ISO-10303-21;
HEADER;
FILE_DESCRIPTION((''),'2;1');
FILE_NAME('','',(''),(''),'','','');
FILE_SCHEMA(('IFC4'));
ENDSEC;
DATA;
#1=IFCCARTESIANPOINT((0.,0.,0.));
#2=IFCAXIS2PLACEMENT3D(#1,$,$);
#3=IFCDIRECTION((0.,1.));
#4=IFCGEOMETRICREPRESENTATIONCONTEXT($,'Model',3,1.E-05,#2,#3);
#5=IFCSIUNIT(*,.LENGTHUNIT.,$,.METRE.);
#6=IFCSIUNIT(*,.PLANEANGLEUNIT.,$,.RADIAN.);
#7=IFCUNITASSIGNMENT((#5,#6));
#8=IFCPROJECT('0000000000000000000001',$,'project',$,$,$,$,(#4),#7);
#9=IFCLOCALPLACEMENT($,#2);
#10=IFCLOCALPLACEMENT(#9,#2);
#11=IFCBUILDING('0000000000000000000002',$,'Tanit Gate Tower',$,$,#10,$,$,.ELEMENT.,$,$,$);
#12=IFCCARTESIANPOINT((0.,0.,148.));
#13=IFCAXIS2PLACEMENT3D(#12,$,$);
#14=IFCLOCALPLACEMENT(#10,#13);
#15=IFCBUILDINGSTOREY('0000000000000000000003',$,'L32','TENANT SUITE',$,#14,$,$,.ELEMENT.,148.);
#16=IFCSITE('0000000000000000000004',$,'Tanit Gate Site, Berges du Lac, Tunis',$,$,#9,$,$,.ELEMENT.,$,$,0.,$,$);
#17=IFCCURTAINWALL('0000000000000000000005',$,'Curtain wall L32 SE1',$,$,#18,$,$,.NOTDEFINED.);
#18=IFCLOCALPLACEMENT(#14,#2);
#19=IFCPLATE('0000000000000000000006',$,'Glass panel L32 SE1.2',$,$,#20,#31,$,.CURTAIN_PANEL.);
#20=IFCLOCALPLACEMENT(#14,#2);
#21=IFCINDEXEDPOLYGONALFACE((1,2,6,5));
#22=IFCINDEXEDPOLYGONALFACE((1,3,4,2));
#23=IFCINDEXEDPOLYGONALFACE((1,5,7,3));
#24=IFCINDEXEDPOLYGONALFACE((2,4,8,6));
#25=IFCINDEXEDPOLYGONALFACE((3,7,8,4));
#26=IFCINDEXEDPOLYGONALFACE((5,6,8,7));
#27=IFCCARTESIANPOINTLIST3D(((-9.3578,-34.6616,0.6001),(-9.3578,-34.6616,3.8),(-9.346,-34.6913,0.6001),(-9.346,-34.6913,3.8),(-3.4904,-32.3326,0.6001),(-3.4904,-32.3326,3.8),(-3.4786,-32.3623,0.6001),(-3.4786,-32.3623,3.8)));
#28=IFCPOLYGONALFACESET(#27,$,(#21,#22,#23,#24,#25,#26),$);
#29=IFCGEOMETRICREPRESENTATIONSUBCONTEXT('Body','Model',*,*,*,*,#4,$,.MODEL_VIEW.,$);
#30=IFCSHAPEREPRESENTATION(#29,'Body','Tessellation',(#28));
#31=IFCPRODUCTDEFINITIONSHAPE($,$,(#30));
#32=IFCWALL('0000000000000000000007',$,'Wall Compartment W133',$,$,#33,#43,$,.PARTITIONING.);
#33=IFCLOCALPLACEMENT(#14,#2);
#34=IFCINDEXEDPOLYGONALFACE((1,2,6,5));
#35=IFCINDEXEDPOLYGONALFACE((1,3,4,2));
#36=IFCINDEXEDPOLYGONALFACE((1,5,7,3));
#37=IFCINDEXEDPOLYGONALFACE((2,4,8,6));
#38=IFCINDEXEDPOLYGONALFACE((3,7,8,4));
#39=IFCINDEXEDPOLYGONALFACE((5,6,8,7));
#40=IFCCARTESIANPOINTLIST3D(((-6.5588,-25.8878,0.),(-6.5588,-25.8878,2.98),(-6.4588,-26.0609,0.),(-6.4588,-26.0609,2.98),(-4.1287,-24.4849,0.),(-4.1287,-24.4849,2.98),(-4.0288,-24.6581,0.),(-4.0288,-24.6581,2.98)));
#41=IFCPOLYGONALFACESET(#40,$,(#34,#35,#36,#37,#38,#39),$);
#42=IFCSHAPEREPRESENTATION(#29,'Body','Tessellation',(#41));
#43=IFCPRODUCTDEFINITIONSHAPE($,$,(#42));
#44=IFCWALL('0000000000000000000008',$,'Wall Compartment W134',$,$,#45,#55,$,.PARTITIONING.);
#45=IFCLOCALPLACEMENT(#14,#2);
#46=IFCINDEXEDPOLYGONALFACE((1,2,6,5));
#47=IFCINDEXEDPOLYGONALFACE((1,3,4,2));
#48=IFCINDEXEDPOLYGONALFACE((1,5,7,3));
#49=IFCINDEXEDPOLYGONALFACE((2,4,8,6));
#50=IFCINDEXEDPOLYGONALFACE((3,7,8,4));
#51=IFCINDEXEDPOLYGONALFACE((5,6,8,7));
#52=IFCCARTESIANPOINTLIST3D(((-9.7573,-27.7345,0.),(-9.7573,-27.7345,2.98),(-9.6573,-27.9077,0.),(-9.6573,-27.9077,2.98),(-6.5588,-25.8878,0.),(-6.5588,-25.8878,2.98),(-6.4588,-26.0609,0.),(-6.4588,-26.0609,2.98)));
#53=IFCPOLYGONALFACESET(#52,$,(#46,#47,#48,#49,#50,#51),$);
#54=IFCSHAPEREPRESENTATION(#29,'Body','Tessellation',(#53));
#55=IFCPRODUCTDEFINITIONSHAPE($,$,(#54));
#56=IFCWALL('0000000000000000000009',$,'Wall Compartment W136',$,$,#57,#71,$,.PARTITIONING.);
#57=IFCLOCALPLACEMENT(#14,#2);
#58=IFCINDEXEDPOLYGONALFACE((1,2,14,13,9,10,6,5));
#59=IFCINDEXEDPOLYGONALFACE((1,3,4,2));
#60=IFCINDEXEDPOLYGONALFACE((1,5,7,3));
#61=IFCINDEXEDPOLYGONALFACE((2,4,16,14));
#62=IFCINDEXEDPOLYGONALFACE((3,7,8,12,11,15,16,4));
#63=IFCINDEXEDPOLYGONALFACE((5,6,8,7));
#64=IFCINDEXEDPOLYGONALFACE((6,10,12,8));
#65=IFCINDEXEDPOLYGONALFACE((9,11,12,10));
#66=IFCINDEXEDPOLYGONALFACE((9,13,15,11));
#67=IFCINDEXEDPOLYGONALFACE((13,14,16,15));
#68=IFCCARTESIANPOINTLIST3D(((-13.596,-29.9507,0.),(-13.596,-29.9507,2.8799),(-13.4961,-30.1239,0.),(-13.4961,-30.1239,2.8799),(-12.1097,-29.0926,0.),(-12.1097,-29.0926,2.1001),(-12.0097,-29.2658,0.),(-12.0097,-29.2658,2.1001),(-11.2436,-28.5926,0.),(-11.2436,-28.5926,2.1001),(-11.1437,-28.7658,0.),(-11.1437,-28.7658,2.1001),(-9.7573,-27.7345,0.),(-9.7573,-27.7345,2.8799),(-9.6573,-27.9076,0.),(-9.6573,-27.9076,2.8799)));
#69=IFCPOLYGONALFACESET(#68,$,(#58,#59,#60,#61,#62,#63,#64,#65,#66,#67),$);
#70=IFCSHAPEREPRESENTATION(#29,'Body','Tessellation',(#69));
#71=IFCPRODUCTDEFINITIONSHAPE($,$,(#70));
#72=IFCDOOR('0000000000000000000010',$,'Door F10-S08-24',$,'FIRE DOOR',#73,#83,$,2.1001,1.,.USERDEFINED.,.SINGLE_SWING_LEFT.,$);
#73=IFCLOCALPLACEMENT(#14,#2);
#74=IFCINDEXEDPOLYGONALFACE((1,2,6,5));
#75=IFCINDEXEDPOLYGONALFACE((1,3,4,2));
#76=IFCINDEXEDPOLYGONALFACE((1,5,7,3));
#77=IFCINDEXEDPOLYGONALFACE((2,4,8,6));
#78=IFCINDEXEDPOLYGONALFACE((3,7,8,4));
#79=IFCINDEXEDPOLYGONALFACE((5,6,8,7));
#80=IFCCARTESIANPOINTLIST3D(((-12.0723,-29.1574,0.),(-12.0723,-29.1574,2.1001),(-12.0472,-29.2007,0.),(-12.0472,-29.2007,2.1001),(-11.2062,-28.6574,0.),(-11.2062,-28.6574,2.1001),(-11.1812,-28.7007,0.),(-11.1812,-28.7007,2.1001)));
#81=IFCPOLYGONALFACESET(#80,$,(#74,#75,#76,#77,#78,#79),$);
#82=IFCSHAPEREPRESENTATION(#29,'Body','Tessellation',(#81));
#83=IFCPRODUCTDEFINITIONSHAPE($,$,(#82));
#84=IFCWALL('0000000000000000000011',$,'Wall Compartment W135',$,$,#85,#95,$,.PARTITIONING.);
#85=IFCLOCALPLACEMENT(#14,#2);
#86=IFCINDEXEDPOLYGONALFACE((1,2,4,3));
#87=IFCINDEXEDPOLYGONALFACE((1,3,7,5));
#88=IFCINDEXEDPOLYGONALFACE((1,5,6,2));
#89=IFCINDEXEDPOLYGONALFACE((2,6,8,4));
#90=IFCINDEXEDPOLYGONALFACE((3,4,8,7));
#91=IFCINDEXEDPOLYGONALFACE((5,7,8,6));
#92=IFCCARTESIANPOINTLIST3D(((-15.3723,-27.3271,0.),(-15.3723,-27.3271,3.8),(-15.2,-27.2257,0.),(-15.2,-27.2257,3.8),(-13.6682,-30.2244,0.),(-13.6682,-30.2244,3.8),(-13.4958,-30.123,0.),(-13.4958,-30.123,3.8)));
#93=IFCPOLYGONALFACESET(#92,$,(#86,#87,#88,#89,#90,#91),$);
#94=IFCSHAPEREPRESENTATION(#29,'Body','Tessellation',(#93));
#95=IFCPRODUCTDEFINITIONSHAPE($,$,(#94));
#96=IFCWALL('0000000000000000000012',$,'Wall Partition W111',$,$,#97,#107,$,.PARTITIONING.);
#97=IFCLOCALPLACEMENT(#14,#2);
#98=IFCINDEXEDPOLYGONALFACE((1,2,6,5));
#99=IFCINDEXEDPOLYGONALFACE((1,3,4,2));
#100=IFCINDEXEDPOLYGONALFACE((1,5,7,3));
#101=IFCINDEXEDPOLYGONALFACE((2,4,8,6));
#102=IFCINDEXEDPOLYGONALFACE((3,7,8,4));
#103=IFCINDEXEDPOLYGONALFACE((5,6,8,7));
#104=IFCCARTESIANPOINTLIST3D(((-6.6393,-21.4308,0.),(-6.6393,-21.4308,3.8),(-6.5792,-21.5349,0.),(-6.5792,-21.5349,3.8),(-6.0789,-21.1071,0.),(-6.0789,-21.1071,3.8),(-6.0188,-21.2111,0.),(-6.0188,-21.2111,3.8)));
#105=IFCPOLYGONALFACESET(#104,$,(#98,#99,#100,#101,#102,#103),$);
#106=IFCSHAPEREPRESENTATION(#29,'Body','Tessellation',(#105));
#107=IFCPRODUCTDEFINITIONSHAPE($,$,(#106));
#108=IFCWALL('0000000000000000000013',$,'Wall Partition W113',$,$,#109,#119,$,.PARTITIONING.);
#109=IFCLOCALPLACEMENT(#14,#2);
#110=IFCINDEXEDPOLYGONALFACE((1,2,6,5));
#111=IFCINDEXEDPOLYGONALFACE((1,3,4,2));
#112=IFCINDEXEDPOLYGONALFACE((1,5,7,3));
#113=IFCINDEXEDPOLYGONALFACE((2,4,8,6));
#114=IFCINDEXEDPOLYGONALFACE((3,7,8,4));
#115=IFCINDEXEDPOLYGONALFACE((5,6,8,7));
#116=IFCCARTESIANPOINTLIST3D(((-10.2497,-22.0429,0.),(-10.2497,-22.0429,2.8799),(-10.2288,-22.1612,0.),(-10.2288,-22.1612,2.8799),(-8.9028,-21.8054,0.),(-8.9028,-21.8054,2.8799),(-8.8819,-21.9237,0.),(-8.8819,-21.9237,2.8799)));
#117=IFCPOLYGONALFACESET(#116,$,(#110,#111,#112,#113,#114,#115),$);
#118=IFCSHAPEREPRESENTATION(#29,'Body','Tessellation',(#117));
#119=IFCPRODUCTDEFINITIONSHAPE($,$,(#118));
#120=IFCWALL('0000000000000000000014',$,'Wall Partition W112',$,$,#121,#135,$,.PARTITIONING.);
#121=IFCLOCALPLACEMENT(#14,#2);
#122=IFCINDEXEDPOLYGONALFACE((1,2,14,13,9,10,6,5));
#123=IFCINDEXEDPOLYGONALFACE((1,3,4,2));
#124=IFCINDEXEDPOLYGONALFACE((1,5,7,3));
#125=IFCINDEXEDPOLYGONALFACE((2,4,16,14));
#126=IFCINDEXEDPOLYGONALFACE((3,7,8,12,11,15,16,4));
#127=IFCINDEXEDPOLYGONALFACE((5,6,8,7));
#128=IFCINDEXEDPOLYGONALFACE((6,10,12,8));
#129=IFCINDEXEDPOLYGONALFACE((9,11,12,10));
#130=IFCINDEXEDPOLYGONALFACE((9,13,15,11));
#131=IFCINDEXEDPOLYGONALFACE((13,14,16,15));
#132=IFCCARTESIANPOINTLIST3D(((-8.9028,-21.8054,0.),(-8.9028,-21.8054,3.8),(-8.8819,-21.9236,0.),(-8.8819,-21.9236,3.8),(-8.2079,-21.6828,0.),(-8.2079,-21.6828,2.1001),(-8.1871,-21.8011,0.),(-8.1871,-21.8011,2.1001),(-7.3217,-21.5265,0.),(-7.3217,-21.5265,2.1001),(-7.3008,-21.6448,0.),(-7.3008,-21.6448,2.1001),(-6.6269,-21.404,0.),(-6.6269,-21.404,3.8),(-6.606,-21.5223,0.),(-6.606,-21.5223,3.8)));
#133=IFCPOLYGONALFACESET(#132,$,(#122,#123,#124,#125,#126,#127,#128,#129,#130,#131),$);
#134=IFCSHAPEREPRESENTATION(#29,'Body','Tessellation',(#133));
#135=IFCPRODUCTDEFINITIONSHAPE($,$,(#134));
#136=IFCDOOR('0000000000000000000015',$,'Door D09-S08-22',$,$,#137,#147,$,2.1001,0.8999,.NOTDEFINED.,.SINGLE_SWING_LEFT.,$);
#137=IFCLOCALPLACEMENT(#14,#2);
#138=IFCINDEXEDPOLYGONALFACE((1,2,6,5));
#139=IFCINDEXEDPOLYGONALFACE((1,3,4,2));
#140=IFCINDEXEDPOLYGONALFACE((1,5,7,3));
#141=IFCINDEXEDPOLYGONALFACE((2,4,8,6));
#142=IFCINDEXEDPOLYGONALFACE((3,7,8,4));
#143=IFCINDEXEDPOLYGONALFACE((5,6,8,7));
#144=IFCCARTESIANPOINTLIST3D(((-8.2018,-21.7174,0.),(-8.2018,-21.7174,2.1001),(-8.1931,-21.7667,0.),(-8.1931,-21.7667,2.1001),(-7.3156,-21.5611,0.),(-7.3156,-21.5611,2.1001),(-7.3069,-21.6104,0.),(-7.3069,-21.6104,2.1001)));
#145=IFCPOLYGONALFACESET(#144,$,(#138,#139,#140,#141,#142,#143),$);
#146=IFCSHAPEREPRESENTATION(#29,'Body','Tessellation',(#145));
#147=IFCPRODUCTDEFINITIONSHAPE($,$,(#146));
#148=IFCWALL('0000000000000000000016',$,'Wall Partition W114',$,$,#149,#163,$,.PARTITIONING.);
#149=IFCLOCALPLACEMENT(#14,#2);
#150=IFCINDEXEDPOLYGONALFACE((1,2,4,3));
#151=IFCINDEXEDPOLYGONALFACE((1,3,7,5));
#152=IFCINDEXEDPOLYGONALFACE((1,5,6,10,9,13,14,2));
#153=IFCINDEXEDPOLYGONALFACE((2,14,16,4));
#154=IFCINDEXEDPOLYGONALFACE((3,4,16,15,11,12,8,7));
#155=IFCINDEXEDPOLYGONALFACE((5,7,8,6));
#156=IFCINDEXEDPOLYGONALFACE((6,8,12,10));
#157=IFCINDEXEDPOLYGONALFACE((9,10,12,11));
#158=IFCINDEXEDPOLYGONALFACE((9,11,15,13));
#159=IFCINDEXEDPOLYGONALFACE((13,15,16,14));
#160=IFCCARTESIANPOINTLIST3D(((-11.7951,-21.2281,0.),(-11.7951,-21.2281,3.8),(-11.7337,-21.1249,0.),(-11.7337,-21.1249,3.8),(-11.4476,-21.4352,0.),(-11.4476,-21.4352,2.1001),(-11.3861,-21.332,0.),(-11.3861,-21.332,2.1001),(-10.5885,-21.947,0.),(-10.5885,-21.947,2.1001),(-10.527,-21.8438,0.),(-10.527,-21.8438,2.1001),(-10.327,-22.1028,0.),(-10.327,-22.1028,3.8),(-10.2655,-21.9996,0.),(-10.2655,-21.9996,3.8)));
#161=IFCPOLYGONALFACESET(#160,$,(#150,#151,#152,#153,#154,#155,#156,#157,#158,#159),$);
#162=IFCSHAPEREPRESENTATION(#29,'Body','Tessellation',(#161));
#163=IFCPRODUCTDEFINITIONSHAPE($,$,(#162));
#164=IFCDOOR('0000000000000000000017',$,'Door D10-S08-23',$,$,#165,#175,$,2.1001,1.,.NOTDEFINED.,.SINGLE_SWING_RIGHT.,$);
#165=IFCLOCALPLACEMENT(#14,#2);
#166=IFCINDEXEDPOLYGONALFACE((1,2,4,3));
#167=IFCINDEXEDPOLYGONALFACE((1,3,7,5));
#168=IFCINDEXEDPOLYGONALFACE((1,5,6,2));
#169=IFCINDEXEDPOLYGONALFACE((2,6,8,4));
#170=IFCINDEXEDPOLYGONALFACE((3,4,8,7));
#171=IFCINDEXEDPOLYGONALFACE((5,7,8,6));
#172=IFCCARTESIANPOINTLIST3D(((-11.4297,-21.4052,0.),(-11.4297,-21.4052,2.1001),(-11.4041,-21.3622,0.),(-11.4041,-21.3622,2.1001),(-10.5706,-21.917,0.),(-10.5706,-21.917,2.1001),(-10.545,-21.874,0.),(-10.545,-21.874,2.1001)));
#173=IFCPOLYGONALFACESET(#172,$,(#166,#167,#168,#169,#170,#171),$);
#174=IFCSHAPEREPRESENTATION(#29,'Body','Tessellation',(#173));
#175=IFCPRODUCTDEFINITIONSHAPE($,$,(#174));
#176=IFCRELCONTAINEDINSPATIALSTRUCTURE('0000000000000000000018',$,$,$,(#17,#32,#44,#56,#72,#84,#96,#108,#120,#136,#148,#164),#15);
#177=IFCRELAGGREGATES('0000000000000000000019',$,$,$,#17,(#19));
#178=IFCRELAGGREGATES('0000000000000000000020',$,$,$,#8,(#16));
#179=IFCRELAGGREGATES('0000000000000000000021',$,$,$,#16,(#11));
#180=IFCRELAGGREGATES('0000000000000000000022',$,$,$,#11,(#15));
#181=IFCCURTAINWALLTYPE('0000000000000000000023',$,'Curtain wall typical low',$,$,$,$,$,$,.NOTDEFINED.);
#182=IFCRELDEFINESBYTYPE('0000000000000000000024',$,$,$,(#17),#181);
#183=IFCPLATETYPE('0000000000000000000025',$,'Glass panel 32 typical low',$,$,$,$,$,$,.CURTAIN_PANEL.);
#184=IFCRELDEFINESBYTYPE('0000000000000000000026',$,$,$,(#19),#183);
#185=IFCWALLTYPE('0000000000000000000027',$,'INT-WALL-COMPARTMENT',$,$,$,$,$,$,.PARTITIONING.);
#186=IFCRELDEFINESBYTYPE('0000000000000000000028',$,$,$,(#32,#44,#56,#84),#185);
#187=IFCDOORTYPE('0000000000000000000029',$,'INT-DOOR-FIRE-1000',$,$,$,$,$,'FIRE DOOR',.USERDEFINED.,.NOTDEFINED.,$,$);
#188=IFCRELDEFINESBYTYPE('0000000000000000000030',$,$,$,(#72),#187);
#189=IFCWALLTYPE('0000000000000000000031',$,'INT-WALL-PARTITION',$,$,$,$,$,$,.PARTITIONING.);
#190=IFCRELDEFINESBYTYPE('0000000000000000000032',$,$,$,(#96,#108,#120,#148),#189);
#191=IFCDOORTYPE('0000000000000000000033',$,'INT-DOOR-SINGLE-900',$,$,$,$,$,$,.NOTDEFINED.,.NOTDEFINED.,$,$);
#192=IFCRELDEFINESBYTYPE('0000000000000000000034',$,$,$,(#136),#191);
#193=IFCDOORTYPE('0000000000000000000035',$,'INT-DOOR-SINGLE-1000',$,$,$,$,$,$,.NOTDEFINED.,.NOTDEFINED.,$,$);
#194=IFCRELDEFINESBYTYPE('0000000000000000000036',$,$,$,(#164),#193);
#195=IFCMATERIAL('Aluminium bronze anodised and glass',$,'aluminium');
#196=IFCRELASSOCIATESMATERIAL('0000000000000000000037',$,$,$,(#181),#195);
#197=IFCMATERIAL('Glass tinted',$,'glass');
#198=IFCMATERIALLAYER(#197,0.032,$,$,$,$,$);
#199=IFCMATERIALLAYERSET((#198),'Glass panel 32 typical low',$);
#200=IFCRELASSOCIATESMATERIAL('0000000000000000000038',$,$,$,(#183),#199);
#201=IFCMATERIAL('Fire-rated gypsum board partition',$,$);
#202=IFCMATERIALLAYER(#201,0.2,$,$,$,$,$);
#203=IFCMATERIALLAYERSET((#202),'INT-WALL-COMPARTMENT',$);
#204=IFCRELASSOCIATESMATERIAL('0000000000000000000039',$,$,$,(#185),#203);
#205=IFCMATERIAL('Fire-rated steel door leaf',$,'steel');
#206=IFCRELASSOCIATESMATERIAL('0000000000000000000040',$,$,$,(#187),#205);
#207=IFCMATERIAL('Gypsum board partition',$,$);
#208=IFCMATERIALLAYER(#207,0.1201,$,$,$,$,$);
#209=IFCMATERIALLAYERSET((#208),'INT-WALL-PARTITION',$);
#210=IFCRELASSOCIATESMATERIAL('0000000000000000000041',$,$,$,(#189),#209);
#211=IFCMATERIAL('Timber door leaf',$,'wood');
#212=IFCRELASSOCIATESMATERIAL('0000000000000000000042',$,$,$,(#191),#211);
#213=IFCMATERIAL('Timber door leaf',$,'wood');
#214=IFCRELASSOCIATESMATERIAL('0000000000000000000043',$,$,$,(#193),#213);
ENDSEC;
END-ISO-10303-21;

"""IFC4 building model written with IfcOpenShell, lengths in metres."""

from ifc_helpers import new_model, si_unit, direction, frame, frame_2d, origin, origin_2d, place, context, subcontext, project, spatial, rectangle, extrude, material, layer, layer_set, type_object, element, fill, aggregate, save


model = new_model("IFC4")

# Units and contexts
model_context = context("Model", 3, precision=1e-05, world=origin(), true_north=direction((0.0, 1.0)))
body_context = subcontext(model_context, "Body", "Model", "MODEL_VIEW")
ifc_project = project(units=[si_unit("LENGTHUNIT", "METRE"), si_unit("PLANEANGLEUNIT", "RADIAN")], contexts=[model_context])

# Site, building, storey
site_placement = place(None, origin())
site = spatial("IfcSite", under=ifc_project, at=site_placement, Name="Tanit Gate Site, Berges du Lac, Tunis", CompositionType="ELEMENT", RefElevation=0.0)
building_placement = place(site_placement, origin())
building = spatial("IfcBuilding", under=site, at=building_placement, Name="Tanit Gate Tower", CompositionType="ELEMENT")
storey_placement = place(building_placement, frame((0.0, 0.0, 148.0)))
storey = spatial("IfcBuildingStorey", under=building, at=storey_placement, Name="L32", Description="TENANT SUITE", CompositionType="ELEMENT", Elevation=148.0)

# Curtain wall
ifc_material_1 = material(Name="Aluminium bronze anodised and glass", Category="aluminium")
curtain_wall_type = type_object("IfcCurtainWallType", Name="Curtain wall typical low", PredefinedType="NOTDEFINED", material=ifc_material_1)
curtain_wall_placement = place(storey_placement, origin())
curtain_wall = element("IfcCurtainWall", 1, at=curtain_wall_placement, inside=storey, type_object=curtain_wall_type, Name="Curtain wall L32 SE1", PredefinedType="NOTDEFINED")

# Plate
ifc_material_2 = material(Name="Glass tinted", Category="glass")
ifc_layer_1 = layer(ifc_material_2, 0.032)
ifc_layer_set_1 = layer_set([ifc_layer_1], Name="Glass panel 32 typical low")
plate_type = type_object("IfcPlateType", Name="Glass panel 32 typical low", PredefinedType="CURTAIN_PANEL", material=ifc_layer_set_1)
plate_1_placement = place(storey_placement, frame((-6.4182, -33.512, 0.6001), z_axis=(0.0, 0.0, 1.0), x_axis=(0.929454, 0.368938, 0.0)))
plate_1 = element("IfcPlate", 2, at=plate_1_placement, type_object=plate_type, Name="Glass panel L32 SE1.2", PredefinedType="CURTAIN_PANEL", context=body_context, shape_type="SweptSolid", body=[
    extrude(rectangle(XDim=6.3127, YDim=0.032, at=origin_2d()), origin(), (0.0, 0.0, 1.0), 3.2),
])
aggregate(curtain_wall, [plate_1])

# Walls
ifc_material_3 = material(Name="Fire-rated gypsum board partition")
ifc_layer_2 = layer(ifc_material_3, 0.2)
ifc_layer_set_2 = layer_set([ifc_layer_2], Name="INT-WALL-COMPARTMENT")
wall_type_1 = type_object("IfcWallType", Name="INT-WALL-COMPARTMENT", PredefinedType="PARTITIONING", material=ifc_layer_set_2)
wall_1_placement = place(storey_placement, frame((-4.0789, -24.5715, 0.0), z_axis=(0.0, 0.0, 1.0), x_axis=(-0.866039, -0.499976, 0.0)))
element("IfcWall", 3, at=wall_1_placement, inside=storey, type_object=wall_type_1, Name="Wall Compartment W133", PredefinedType="PARTITIONING", context=body_context, shape_type="SweptSolid", body=[
    extrude(rectangle(XDim=2.8059, YDim=0.2, at=frame_2d((1.4028, 0.0))), origin(), (0.0, 0.0, 1.0), 2.98),
])
wall_2_placement = place(storey_placement, frame((-6.5088, -25.9744, 0.0), z_axis=(0.0, 0.0, 1.0), x_axis=(-0.866022, -0.500007, 0.0)))
element("IfcWall", 4, at=wall_2_placement, inside=storey, type_object=wall_type_1, Name="Wall Compartment W134", PredefinedType="PARTITIONING", context=body_context, shape_type="SweptSolid", body=[
    extrude(rectangle(XDim=3.6934, YDim=0.2, at=frame_2d((1.8467, 0.0))), origin(), (0.0, 0.0, 1.0), 2.98),
])

# Wall, opening, door
wall_3_placement = place(storey_placement, frame((-9.7073, -27.821, 0.0), z_axis=(0.0, 0.0, 1.0), x_axis=(-0.866032, -0.499989, 0.0)))
wall_3 = element("IfcWall", 5, at=wall_3_placement, inside=storey, type_object=wall_type_1, Name="Wall Compartment W136", PredefinedType="PARTITIONING", context=body_context, shape_type="SweptSolid", body=[
    extrude(rectangle(XDim=4.4326, YDim=0.2, at=frame_2d((2.2163, 0.0))), origin(), (0.0, 0.0, 1.0), 2.8799),
])
opening_1_placement = place(wall_3_placement, frame((1.7163, 0.0, 0.0)))
opening_1 = element("IfcOpeningElement", 6, at=opening_1_placement, cuts=wall_3, PredefinedType="OPENING", context=body_context, shape_type="SweptSolid", body=[
    extrude(rectangle(XDim=1.0, YDim=2.1001, at=frame_2d((0.5, 1.05))), frame((0.0, 0.1099, 0.0), z_axis=(0.0, -1.0, 0.0), x_axis=(1.0, 0.0, 0.0)), (0.0, 0.0, 1.0), 0.22),
])
ifc_material_4 = material(Name="Fire-rated steel door leaf", Category="steel")
door_type_1 = type_object("IfcDoorType", Name="INT-DOOR-FIRE-1000", ElementType="FIRE DOOR", OperationType="NOTDEFINED", PredefinedType="USERDEFINED", material=ifc_material_4)
door_1_placement = place(opening_1_placement, origin())
door_1 = element("IfcDoor", 7, at=door_1_placement, inside=storey, type_object=door_type_1, Name="Door F10-S08-24", ObjectType="FIRE DOOR", OperationType="SINGLE_SWING_LEFT", OverallHeight=2.1001, OverallWidth=1.0, PredefinedType="USERDEFINED", context=body_context, shape_type="SweptSolid", body=[
    extrude(rectangle(XDim=1.0, YDim=2.1001, at=frame_2d((0.5, 1.05))), frame((0.0, 0.0249, 0.0), z_axis=(0.0, -1.0, 0.0), x_axis=(1.0, 0.0, 0.0)), (0.0, 0.0, 1.0), 0.05),
])
fill(opening_1, door_1)

# Walls
wall_4_placement = place(storey_placement, frame((-15.2861, -27.2764, 0.0), z_axis=(0.0, 0.0, 1.0), x_axis=(0.506988, -0.861953, 0.0)))
element("IfcWall", 8, at=wall_4_placement, inside=storey, type_object=wall_type_1, Name="Wall Compartment W135", PredefinedType="PARTITIONING", context=body_context, shape_type="SweptSolid", body=[
    extrude(rectangle(XDim=3.3613, YDim=0.2, at=frame_2d((1.6807, 0.0))), origin(), (0.0, 0.0, 1.0), 3.8),
])
ifc_material_5 = material(Name="Gypsum board partition")
ifc_layer_3 = layer(ifc_material_5, 0.1201)
ifc_layer_set_3 = layer_set([ifc_layer_3], Name="INT-WALL-PARTITION")
wall_type_2 = type_object("IfcWallType", Name="INT-WALL-PARTITION", PredefinedType="PARTITIONING", material=ifc_layer_set_3)
wall_5_placement = place(storey_placement, frame((-6.6094, -21.4829, 0.0), z_axis=(0.0, 0.0, 1.0), x_axis=(0.865865, 0.500278, 0.0)))
element("IfcWall", 9, at=wall_5_placement, inside=storey, type_object=wall_type_2, Name="Wall Partition W111", PredefinedType="PARTITIONING", context=body_context, shape_type="SweptSolid", body=[
    extrude(rectangle(XDim=0.6472, YDim=0.1201, at=frame_2d((0.3237, 0.0))), origin(), (0.0, 0.0, 1.0), 3.8),
])
wall_6_placement = place(storey_placement, frame((-10.2393, -22.1021, 0.0), z_axis=(0.0, 0.0, 1.0), x_axis=(0.984802, 0.173684, 0.0)))
element("IfcWall", 10, at=wall_6_placement, inside=storey, type_object=wall_type_2, Name="Wall Partition W113", PredefinedType="PARTITIONING", context=body_context, shape_type="SweptSolid", body=[
    extrude(rectangle(XDim=1.3677, YDim=0.1201, at=frame_2d((0.6838, 0.0))), origin(), (0.0, 0.0, 1.0), 2.8799),
])

# Walls, openings, doors
wall_7_placement = place(storey_placement, frame((-8.8923, -21.8645, 0.0), z_axis=(0.0, 0.0, 1.0), x_axis=(0.984803, 0.173677, 0.0)))
wall_7 = element("IfcWall", 11, at=wall_7_placement, inside=storey, type_object=wall_type_2, Name="Wall Partition W112", PredefinedType="PARTITIONING", context=body_context, shape_type="SweptSolid", body=[
    extrude(rectangle(XDim=2.311, YDim=0.1201, at=frame_2d((1.1555, 0.0))), origin(), (0.0, 0.0, 1.0), 3.8),
])
opening_2_placement = place(wall_7_placement, frame((0.7056, 0.0, 0.0)))
opening_2 = element("IfcOpeningElement", 12, at=opening_2_placement, cuts=wall_7, PredefinedType="OPENING", context=body_context, shape_type="SweptSolid", body=[
    extrude(rectangle(XDim=0.8999, YDim=2.1001, at=frame_2d((0.45, 1.05))), frame((0.0, 0.0701, 0.0), z_axis=(0.0, -1.0, 0.0), x_axis=(1.0, 0.0, 0.0)), (0.0, 0.0, 1.0), 0.1401),
])
ifc_material_6 = material(Name="Timber door leaf", Category="wood")
door_type_2 = type_object("IfcDoorType", Name="INT-DOOR-SINGLE-900", OperationType="NOTDEFINED", PredefinedType="NOTDEFINED", material=ifc_material_6)
door_2_placement = place(opening_2_placement, origin())
door_2 = element("IfcDoor", 13, at=door_2_placement, inside=storey, type_object=door_type_2, Name="Door D09-S08-22", OperationType="SINGLE_SWING_LEFT", OverallHeight=2.1001, OverallWidth=0.8999, PredefinedType="NOTDEFINED", context=body_context, shape_type="SweptSolid", body=[
    extrude(rectangle(XDim=0.8999, YDim=2.1001, at=frame_2d((0.45, 1.05))), frame((0.0, 0.0249, 0.0), z_axis=(0.0, -1.0, 0.0), x_axis=(1.0, 0.0, 0.0)), (0.0, 0.0, 1.0), 0.05),
])
fill(opening_2, door_2)
wall_8_placement = place(storey_placement, frame((-11.7644, -21.1765, 0.0), z_axis=(0.0, 0.0, 1.0), x_axis=(0.85909, -0.511825, 0.0)))
wall_8 = element("IfcWall", 14, at=wall_8_placement, inside=storey, type_object=wall_type_2, Name="Wall Partition W114", PredefinedType="PARTITIONING", context=body_context, shape_type="SweptSolid", body=[
    extrude(rectangle(XDim=1.709, YDim=0.1201, at=frame_2d((0.8545, 0.0))), origin(), (0.0, 0.0, 1.0), 3.8),
])
opening_3_placement = place(wall_8_placement, frame((0.4045, 0.0, 0.0)))
opening_3 = element("IfcOpeningElement", 15, at=opening_3_placement, cuts=wall_8, PredefinedType="OPENING", context=body_context, shape_type="SweptSolid", body=[
    extrude(rectangle(XDim=1.0, YDim=2.1001, at=frame_2d((0.5, 1.05))), frame((0.0, 0.0701, 0.0), z_axis=(0.0, -1.0, 0.0), x_axis=(1.0, 0.0, 0.0)), (0.0, 0.0, 1.0), 0.1401),
])
ifc_material_7 = material(Name="Timber door leaf", Category="wood")
door_type_3 = type_object("IfcDoorType", Name="INT-DOOR-SINGLE-1000", OperationType="NOTDEFINED", PredefinedType="NOTDEFINED", material=ifc_material_7)
door_3_placement = place(opening_3_placement, origin())
door_3 = element("IfcDoor", 16, at=door_3_placement, inside=storey, type_object=door_type_3, Name="Door D10-S08-23", OperationType="SINGLE_SWING_RIGHT", OverallHeight=2.1001, OverallWidth=1.0, PredefinedType="NOTDEFINED", context=body_context, shape_type="SweptSolid", body=[
    extrude(rectangle(XDim=1.0, YDim=2.1001, at=frame_2d((0.5, 1.05))), frame((0.0, 0.0249, 0.0), z_axis=(0.0, -1.0, 0.0), x_axis=(1.0, 0.0, 0.0)), (0.0, 0.0, 1.0), 0.05),
])
fill(opening_3, door_3)

save(model, "model.ifc")
